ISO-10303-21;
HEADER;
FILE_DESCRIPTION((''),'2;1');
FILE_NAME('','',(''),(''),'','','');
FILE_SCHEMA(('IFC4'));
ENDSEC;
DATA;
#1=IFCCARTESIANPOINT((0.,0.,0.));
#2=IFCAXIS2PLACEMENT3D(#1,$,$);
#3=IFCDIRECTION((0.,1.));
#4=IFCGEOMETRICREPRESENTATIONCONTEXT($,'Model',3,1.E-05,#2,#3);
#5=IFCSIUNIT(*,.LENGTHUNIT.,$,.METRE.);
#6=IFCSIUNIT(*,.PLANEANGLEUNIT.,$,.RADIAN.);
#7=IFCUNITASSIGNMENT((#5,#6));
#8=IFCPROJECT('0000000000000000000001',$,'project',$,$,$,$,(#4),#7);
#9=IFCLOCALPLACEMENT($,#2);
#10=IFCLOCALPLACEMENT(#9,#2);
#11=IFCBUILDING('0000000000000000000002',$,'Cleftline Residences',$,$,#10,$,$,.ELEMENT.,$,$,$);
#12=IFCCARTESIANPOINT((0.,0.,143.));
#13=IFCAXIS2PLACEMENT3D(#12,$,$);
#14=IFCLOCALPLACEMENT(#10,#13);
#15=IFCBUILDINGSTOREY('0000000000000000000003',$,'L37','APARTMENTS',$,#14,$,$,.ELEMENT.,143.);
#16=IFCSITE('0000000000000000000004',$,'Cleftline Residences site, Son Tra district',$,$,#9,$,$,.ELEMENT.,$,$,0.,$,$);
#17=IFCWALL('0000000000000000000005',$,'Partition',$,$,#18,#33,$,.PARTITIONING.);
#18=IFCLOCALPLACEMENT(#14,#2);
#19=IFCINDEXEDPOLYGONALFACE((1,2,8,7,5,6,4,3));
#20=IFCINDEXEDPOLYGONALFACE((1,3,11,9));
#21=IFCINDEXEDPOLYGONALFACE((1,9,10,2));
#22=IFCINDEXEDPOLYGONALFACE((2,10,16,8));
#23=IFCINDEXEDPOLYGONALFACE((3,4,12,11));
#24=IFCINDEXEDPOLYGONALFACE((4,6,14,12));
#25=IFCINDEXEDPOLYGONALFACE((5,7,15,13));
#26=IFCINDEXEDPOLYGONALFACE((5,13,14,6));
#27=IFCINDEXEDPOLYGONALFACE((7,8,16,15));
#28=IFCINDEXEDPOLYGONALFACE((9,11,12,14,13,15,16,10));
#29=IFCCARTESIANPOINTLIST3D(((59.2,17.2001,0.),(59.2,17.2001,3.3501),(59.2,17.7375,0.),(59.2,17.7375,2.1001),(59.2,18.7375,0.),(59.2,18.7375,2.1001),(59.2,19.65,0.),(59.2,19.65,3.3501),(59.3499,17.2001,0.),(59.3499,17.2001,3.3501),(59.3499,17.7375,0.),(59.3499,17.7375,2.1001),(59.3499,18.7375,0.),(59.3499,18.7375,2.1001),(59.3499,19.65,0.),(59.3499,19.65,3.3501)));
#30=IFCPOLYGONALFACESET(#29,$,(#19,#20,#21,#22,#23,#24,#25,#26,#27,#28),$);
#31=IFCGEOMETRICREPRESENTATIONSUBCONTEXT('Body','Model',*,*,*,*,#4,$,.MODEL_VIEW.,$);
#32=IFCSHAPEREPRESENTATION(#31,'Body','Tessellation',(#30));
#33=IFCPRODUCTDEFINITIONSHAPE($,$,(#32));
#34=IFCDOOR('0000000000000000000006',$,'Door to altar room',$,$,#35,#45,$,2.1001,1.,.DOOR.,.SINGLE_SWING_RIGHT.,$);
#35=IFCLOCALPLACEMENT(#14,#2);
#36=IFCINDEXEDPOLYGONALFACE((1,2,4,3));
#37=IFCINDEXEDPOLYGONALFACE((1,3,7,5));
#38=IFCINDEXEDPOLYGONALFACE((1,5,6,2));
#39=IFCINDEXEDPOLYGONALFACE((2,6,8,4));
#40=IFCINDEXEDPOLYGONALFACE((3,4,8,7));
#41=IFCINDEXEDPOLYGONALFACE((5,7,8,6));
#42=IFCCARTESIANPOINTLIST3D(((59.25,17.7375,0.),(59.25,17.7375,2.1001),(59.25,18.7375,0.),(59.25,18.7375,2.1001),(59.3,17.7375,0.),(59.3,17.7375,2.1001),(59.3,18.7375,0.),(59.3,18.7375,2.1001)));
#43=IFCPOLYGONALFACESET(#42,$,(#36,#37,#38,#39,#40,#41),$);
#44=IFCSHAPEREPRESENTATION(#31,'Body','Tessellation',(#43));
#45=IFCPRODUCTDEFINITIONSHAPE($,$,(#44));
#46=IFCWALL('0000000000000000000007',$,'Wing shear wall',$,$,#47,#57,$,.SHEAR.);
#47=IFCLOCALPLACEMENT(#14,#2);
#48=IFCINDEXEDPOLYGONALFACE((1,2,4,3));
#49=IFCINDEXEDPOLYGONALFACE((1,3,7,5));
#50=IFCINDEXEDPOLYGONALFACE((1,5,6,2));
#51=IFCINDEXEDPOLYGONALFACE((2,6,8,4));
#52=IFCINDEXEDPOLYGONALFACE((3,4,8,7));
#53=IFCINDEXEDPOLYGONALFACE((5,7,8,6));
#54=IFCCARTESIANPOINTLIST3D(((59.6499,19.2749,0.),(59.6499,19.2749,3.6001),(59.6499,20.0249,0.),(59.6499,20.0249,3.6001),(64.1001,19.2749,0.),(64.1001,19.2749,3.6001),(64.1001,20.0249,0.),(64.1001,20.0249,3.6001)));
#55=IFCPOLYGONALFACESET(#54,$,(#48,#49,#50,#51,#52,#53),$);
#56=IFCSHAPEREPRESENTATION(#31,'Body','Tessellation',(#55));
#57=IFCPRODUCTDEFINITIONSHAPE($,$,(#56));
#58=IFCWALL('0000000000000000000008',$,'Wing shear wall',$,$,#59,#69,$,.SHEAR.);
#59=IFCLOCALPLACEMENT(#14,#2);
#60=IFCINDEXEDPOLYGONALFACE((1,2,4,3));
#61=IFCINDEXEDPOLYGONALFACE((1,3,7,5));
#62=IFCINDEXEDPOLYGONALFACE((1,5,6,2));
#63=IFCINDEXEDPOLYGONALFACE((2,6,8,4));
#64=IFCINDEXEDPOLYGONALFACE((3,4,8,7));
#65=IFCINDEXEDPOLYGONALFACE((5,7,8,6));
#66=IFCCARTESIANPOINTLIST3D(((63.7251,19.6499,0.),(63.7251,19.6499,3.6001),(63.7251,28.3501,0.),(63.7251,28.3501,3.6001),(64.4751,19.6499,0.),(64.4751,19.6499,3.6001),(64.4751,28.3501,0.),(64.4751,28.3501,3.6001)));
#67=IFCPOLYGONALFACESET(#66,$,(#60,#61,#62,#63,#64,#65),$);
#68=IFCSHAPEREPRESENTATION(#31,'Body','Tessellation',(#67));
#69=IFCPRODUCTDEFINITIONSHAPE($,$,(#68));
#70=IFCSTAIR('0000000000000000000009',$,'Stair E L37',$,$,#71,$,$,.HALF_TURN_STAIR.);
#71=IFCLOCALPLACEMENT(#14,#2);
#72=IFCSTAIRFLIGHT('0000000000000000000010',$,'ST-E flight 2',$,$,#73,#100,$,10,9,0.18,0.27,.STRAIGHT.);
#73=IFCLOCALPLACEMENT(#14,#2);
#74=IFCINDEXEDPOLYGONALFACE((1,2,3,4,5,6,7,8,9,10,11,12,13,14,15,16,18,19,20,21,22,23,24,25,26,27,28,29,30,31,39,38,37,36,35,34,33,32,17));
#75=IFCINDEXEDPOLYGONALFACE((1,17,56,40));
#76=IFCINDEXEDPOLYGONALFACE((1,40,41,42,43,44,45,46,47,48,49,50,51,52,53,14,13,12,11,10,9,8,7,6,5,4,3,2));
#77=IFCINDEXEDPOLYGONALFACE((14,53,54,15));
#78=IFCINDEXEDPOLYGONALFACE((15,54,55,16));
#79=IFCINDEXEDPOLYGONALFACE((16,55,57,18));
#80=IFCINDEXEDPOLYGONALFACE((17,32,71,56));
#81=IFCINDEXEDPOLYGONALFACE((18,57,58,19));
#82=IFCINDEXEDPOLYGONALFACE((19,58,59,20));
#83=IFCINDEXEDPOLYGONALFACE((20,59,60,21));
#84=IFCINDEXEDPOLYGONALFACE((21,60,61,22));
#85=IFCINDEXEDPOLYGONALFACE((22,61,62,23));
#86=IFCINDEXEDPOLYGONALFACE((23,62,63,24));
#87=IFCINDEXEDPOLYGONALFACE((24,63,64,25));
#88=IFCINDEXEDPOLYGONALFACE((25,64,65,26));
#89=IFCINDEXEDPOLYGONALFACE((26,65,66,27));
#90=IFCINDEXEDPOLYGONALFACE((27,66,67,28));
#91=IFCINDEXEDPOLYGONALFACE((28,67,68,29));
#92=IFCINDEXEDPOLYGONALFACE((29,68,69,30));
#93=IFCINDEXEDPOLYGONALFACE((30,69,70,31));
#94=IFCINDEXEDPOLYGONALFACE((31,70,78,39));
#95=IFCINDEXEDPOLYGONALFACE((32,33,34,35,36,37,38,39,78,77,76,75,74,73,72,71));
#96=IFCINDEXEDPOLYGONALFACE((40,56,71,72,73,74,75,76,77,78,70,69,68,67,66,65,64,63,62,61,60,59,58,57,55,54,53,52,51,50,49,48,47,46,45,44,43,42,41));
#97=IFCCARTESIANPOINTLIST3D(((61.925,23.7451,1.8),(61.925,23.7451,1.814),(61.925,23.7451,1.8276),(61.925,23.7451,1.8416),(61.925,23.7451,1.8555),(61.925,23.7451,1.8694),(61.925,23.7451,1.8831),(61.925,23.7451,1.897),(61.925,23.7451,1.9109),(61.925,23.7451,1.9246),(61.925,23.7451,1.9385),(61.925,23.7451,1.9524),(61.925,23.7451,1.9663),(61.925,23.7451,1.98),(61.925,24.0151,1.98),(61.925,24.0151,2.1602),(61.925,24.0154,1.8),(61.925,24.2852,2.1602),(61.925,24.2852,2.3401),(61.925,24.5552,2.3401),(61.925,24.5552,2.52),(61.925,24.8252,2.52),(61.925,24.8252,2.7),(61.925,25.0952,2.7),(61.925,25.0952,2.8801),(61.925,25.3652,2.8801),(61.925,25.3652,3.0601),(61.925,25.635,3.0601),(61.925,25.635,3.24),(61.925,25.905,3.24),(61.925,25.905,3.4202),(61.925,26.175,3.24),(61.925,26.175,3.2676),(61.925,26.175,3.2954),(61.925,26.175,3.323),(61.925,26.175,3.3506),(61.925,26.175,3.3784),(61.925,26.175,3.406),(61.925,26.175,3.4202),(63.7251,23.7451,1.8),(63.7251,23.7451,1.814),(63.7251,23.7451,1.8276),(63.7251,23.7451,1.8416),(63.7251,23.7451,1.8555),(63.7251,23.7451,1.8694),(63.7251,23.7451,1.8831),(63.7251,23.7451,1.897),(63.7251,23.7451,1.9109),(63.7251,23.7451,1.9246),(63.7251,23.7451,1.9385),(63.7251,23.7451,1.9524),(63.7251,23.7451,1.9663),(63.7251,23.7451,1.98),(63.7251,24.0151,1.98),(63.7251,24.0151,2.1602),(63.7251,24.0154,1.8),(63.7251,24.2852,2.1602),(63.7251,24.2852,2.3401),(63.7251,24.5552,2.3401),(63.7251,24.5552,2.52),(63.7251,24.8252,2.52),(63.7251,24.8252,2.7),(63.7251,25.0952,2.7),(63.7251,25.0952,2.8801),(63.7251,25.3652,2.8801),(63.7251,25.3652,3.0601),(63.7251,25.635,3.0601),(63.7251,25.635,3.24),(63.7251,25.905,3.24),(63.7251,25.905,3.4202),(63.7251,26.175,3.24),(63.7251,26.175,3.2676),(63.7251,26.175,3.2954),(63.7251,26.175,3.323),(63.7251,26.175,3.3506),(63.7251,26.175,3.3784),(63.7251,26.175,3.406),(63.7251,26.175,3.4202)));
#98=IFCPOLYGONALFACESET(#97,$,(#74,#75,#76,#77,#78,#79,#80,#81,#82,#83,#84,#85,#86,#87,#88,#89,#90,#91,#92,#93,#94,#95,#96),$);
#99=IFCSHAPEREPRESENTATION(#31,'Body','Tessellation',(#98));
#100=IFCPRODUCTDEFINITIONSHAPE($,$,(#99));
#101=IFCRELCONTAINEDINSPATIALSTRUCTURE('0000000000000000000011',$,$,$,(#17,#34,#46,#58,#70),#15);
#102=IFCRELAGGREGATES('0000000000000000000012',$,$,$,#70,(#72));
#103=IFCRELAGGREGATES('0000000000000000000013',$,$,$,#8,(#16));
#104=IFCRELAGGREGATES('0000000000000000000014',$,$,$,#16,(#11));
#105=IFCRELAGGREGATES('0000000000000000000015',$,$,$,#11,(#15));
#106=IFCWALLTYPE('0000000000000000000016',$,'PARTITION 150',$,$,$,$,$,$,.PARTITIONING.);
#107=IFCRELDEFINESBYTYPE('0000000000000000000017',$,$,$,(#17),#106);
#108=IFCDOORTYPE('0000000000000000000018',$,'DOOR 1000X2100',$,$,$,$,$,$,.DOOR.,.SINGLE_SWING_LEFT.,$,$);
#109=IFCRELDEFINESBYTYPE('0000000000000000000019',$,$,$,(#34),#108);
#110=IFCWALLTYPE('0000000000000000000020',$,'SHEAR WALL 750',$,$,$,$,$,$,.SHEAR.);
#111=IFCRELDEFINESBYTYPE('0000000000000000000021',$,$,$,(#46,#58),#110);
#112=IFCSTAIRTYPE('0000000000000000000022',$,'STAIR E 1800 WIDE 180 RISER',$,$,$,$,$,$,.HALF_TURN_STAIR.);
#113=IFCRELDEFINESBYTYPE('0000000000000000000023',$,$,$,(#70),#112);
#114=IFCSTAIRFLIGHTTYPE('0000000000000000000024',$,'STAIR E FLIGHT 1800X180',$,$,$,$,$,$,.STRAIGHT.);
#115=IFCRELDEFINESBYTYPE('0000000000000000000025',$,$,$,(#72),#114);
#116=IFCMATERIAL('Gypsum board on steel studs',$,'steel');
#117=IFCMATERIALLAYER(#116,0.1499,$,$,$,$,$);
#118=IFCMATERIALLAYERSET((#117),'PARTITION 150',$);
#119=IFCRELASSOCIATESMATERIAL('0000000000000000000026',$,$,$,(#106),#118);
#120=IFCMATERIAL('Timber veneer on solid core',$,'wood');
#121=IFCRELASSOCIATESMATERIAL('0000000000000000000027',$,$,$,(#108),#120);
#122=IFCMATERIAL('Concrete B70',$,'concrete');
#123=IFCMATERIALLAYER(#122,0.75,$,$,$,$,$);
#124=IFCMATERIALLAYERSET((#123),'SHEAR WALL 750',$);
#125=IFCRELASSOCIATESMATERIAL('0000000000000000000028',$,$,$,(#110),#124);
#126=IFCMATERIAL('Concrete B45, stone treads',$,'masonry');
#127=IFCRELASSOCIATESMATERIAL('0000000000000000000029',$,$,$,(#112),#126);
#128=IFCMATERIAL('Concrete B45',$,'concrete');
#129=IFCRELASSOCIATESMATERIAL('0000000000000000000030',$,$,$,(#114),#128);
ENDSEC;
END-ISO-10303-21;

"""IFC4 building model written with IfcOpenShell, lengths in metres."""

from ifc_helpers import new_model, si_unit, direction, frame, frame_2d, origin, place, context, subcontext, project, spatial, polyline, rectangle, outline, extrude, material, layer, layer_set, type_object, element, fill, aggregate, save


model = new_model("IFC4")

# Units and contexts
model_context = context("Model", 3, precision=1e-05, world=origin(), true_north=direction((0.0, 1.0)))
body_context = subcontext(model_context, "Body", "Model", "MODEL_VIEW")
ifc_project = project(units=[si_unit("LENGTHUNIT", "METRE"), si_unit("PLANEANGLEUNIT", "RADIAN")], contexts=[model_context])

# Site, building, storey
site_placement = place(None, origin())
site = spatial("IfcSite", under=ifc_project, at=site_placement, Name="Cleftline Residences site, Son Tra district", CompositionType="ELEMENT", RefElevation=0.0)
building_placement = place(site_placement, origin())
building = spatial("IfcBuilding", under=site, at=building_placement, Name="Cleftline Residences", CompositionType="ELEMENT")
storey_placement = place(building_placement, frame((0.0, 0.0, 143.0)))
storey = spatial("IfcBuildingStorey", under=building, at=storey_placement, Name="L37", Description="APARTMENTS", CompositionType="ELEMENT", Elevation=143.0)

# Shared definitions
ifc_material_1 = material(Name="Gypsum board on steel studs", Category="steel")
ifc_layer_1 = layer(ifc_material_1, 0.1499)
ifc_layer_set_1 = layer_set([ifc_layer_1], Name="PARTITION 150")
wall_type_1 = type_object("IfcWallType", Name="PARTITION 150", PredefinedType="PARTITIONING", material=ifc_layer_set_1)

# Shared definitions
ifc_material_2 = material(Name="Timber veneer on solid core", Category="wood")
door_type_1 = type_object("IfcDoorType", Name="DOOR 1000X2100", OperationType="SINGLE_SWING_LEFT", PredefinedType="DOOR", material=ifc_material_2)

# Wall, opening, door
wall_1_placement = place(storey_placement, frame((59.2749, 17.2, 0.0), z_axis=(0.0, 0.0, 1.0), x_axis=(0.0, 1.0, 0.0)))
wall_1 = element("IfcWall", 1, at=wall_1_placement, inside=storey, type_object=wall_type_1, Name="Partition", PredefinedType="PARTITIONING", context=body_context, shape_type="SweptSolid", body=[
    extrude(rectangle(XDim=2.45, YDim=0.1499, at=frame_2d((1.2251, 0.0))), origin(), (0.0, 0.0, 1.0), 3.3501),
])
opening_1_placement = place(wall_1_placement, frame((0.5376, 0.0, 0.0)))
opening_1 = element("IfcOpeningElement", 2, at=opening_1_placement, cuts=wall_1, PredefinedType="OPENING", context=body_context, shape_type="SweptSolid", body=[
    extrude(rectangle(XDim=1.0, YDim=2.1001, at=frame_2d((0.5, 1.05))), frame((0.0, 0.085, 0.0), z_axis=(0.0, -1.0, 0.0), x_axis=(1.0, 0.0, 0.0)), (0.0, 0.0, 1.0), 0.1699),
])
door_1_placement = place(opening_1_placement, origin())
door_1 = element("IfcDoor", 3, at=door_1_placement, inside=storey, type_object=door_type_1, Name="Door to altar room", OperationType="SINGLE_SWING_RIGHT", OverallHeight=2.1001, OverallWidth=1.0, PredefinedType="DOOR", context=body_context, shape_type="SweptSolid", body=[
    extrude(rectangle(XDim=1.0, YDim=2.1001, at=frame_2d((0.5, 1.05))), frame((0.0, 0.0249, 0.0), z_axis=(0.0, -1.0, 0.0), x_axis=(1.0, 0.0, 0.0)), (0.0, 0.0, 1.0), 0.05),
])
fill(opening_1, door_1)

# Walls
ifc_material_3 = material(Name="Concrete B70", Category="concrete")
ifc_layer_2 = layer(ifc_material_3, 0.75)
ifc_layer_set_2 = layer_set([ifc_layer_2], Name="SHEAR WALL 750")
wall_type_2 = type_object("IfcWallType", Name="SHEAR WALL 750", PredefinedType="SHEAR", material=ifc_layer_set_2)
wall_2_placement = place(storey_placement, frame((59.6499, 19.6499, 0.0), z_axis=(0.0, 0.0, 1.0), x_axis=(1.0, 0.0, 0.0)))
element("IfcWall", 4, at=wall_2_placement, inside=storey, type_object=wall_type_2, Name="Wing shear wall", PredefinedType="SHEAR", context=body_context, shape_type="SweptSolid", body=[
    extrude(rectangle(XDim=4.4502, YDim=0.75, at=frame_2d((2.2251, 0.0))), origin(), (0.0, 0.0, 1.0), 3.6001),
])
wall_3_placement = place(storey_placement, frame((64.1001, 19.6499, 0.0), z_axis=(0.0, 0.0, 1.0), x_axis=(0.0, 1.0, 0.0)))
element("IfcWall", 5, at=wall_3_placement, inside=storey, type_object=wall_type_2, Name="Wing shear wall", PredefinedType="SHEAR", context=body_context, shape_type="SweptSolid", body=[
    extrude(rectangle(XDim=8.7002, YDim=0.75, at=frame_2d((4.3501, 0.0))), origin(), (0.0, 0.0, 1.0), 3.6001),
])

# Stair, stair flight
ifc_material_4 = material(Name="Concrete B45, stone treads", Category="masonry")
stair_type = type_object("IfcStairType", Name="STAIR E 1800 WIDE 180 RISER", PredefinedType="HALF_TURN_STAIR", material=ifc_material_4)
stair_placement = place(storey_placement, origin())
stair = element("IfcStair", 6, at=stair_placement, inside=storey, type_object=stair_type, Name="Stair E L37", PredefinedType="HALF_TURN_STAIR")
ifc_material_5 = material(Name="Concrete B45", Category="concrete")
stair_flight_type = type_object("IfcStairFlightType", Name="STAIR E FLIGHT 1800X180", PredefinedType="STRAIGHT", material=ifc_material_5)
stair_flight_placement = place(storey_placement, frame((62.825, 23.7451, 1.8), z_axis=(0.0, 0.0, 1.0), x_axis=(0.0, 1.0, 0.0)))
stair_flight = element("IfcStairFlight", 7, at=stair_flight_placement, type_object=stair_flight_type, Name="ST-E flight 2", NumberOfRisers=10, NumberOfTreads=9, PredefinedType="STRAIGHT", RiserHeight=0.18, TreadLength=0.27, context=body_context, shape_type="SweptSolid", body=[
    extrude(outline(polyline([(0.0, 0.0), (0.0, 0.0139), (0.0, 0.0276), (0.0, 0.0415), (0.0, 0.0554), (0.0, 0.0693), (0.0, 0.083), (0.0, 0.0969), (0.0, 0.1108), (0.0, 0.1245), (0.0, 0.1384), (0.0, 0.1523), (0.0, 0.1663), (0.0, 0.1799), (0.27, 0.1799), (0.27, 0.3601), (0.54, 0.3601), (0.54, 0.54), (0.8101, 0.54), (0.8101, 0.72), (1.0801, 0.72), (1.0801, 0.8999), (1.3501, 0.8999), (1.3501, 1.0801), (1.6201, 1.0801), (1.6201, 1.26), (1.8899, 1.26), (1.8899, 1.4399), (2.1599, 1.4399), (2.1599, 1.6201), (2.4299, 1.6201), (2.4299, 1.8), (2.4299, 1.7722), (2.4299, 1.7446), (2.4299, 1.7168), (2.4299, 1.6892), (2.4299, 1.6614), (2.4299, 1.6338), (2.4299, 1.606), (2.4299, 1.5784), (2.4299, 1.5505), (2.4299, 1.5229), (2.4299, 1.4954), (2.4299, 1.4675), (2.4299, 1.4399), (0.2703, 0.0), (0.0, 0.0)])), frame((0.0, 0.8999, 0.0), z_axis=(0.0, -1.0, 0.0), x_axis=(1.0, 0.0, 0.0)), (0.0, 0.0, 1.0), 1.8),
])
aggregate(stair, [stair_flight])

save(model, "model.ifc")
